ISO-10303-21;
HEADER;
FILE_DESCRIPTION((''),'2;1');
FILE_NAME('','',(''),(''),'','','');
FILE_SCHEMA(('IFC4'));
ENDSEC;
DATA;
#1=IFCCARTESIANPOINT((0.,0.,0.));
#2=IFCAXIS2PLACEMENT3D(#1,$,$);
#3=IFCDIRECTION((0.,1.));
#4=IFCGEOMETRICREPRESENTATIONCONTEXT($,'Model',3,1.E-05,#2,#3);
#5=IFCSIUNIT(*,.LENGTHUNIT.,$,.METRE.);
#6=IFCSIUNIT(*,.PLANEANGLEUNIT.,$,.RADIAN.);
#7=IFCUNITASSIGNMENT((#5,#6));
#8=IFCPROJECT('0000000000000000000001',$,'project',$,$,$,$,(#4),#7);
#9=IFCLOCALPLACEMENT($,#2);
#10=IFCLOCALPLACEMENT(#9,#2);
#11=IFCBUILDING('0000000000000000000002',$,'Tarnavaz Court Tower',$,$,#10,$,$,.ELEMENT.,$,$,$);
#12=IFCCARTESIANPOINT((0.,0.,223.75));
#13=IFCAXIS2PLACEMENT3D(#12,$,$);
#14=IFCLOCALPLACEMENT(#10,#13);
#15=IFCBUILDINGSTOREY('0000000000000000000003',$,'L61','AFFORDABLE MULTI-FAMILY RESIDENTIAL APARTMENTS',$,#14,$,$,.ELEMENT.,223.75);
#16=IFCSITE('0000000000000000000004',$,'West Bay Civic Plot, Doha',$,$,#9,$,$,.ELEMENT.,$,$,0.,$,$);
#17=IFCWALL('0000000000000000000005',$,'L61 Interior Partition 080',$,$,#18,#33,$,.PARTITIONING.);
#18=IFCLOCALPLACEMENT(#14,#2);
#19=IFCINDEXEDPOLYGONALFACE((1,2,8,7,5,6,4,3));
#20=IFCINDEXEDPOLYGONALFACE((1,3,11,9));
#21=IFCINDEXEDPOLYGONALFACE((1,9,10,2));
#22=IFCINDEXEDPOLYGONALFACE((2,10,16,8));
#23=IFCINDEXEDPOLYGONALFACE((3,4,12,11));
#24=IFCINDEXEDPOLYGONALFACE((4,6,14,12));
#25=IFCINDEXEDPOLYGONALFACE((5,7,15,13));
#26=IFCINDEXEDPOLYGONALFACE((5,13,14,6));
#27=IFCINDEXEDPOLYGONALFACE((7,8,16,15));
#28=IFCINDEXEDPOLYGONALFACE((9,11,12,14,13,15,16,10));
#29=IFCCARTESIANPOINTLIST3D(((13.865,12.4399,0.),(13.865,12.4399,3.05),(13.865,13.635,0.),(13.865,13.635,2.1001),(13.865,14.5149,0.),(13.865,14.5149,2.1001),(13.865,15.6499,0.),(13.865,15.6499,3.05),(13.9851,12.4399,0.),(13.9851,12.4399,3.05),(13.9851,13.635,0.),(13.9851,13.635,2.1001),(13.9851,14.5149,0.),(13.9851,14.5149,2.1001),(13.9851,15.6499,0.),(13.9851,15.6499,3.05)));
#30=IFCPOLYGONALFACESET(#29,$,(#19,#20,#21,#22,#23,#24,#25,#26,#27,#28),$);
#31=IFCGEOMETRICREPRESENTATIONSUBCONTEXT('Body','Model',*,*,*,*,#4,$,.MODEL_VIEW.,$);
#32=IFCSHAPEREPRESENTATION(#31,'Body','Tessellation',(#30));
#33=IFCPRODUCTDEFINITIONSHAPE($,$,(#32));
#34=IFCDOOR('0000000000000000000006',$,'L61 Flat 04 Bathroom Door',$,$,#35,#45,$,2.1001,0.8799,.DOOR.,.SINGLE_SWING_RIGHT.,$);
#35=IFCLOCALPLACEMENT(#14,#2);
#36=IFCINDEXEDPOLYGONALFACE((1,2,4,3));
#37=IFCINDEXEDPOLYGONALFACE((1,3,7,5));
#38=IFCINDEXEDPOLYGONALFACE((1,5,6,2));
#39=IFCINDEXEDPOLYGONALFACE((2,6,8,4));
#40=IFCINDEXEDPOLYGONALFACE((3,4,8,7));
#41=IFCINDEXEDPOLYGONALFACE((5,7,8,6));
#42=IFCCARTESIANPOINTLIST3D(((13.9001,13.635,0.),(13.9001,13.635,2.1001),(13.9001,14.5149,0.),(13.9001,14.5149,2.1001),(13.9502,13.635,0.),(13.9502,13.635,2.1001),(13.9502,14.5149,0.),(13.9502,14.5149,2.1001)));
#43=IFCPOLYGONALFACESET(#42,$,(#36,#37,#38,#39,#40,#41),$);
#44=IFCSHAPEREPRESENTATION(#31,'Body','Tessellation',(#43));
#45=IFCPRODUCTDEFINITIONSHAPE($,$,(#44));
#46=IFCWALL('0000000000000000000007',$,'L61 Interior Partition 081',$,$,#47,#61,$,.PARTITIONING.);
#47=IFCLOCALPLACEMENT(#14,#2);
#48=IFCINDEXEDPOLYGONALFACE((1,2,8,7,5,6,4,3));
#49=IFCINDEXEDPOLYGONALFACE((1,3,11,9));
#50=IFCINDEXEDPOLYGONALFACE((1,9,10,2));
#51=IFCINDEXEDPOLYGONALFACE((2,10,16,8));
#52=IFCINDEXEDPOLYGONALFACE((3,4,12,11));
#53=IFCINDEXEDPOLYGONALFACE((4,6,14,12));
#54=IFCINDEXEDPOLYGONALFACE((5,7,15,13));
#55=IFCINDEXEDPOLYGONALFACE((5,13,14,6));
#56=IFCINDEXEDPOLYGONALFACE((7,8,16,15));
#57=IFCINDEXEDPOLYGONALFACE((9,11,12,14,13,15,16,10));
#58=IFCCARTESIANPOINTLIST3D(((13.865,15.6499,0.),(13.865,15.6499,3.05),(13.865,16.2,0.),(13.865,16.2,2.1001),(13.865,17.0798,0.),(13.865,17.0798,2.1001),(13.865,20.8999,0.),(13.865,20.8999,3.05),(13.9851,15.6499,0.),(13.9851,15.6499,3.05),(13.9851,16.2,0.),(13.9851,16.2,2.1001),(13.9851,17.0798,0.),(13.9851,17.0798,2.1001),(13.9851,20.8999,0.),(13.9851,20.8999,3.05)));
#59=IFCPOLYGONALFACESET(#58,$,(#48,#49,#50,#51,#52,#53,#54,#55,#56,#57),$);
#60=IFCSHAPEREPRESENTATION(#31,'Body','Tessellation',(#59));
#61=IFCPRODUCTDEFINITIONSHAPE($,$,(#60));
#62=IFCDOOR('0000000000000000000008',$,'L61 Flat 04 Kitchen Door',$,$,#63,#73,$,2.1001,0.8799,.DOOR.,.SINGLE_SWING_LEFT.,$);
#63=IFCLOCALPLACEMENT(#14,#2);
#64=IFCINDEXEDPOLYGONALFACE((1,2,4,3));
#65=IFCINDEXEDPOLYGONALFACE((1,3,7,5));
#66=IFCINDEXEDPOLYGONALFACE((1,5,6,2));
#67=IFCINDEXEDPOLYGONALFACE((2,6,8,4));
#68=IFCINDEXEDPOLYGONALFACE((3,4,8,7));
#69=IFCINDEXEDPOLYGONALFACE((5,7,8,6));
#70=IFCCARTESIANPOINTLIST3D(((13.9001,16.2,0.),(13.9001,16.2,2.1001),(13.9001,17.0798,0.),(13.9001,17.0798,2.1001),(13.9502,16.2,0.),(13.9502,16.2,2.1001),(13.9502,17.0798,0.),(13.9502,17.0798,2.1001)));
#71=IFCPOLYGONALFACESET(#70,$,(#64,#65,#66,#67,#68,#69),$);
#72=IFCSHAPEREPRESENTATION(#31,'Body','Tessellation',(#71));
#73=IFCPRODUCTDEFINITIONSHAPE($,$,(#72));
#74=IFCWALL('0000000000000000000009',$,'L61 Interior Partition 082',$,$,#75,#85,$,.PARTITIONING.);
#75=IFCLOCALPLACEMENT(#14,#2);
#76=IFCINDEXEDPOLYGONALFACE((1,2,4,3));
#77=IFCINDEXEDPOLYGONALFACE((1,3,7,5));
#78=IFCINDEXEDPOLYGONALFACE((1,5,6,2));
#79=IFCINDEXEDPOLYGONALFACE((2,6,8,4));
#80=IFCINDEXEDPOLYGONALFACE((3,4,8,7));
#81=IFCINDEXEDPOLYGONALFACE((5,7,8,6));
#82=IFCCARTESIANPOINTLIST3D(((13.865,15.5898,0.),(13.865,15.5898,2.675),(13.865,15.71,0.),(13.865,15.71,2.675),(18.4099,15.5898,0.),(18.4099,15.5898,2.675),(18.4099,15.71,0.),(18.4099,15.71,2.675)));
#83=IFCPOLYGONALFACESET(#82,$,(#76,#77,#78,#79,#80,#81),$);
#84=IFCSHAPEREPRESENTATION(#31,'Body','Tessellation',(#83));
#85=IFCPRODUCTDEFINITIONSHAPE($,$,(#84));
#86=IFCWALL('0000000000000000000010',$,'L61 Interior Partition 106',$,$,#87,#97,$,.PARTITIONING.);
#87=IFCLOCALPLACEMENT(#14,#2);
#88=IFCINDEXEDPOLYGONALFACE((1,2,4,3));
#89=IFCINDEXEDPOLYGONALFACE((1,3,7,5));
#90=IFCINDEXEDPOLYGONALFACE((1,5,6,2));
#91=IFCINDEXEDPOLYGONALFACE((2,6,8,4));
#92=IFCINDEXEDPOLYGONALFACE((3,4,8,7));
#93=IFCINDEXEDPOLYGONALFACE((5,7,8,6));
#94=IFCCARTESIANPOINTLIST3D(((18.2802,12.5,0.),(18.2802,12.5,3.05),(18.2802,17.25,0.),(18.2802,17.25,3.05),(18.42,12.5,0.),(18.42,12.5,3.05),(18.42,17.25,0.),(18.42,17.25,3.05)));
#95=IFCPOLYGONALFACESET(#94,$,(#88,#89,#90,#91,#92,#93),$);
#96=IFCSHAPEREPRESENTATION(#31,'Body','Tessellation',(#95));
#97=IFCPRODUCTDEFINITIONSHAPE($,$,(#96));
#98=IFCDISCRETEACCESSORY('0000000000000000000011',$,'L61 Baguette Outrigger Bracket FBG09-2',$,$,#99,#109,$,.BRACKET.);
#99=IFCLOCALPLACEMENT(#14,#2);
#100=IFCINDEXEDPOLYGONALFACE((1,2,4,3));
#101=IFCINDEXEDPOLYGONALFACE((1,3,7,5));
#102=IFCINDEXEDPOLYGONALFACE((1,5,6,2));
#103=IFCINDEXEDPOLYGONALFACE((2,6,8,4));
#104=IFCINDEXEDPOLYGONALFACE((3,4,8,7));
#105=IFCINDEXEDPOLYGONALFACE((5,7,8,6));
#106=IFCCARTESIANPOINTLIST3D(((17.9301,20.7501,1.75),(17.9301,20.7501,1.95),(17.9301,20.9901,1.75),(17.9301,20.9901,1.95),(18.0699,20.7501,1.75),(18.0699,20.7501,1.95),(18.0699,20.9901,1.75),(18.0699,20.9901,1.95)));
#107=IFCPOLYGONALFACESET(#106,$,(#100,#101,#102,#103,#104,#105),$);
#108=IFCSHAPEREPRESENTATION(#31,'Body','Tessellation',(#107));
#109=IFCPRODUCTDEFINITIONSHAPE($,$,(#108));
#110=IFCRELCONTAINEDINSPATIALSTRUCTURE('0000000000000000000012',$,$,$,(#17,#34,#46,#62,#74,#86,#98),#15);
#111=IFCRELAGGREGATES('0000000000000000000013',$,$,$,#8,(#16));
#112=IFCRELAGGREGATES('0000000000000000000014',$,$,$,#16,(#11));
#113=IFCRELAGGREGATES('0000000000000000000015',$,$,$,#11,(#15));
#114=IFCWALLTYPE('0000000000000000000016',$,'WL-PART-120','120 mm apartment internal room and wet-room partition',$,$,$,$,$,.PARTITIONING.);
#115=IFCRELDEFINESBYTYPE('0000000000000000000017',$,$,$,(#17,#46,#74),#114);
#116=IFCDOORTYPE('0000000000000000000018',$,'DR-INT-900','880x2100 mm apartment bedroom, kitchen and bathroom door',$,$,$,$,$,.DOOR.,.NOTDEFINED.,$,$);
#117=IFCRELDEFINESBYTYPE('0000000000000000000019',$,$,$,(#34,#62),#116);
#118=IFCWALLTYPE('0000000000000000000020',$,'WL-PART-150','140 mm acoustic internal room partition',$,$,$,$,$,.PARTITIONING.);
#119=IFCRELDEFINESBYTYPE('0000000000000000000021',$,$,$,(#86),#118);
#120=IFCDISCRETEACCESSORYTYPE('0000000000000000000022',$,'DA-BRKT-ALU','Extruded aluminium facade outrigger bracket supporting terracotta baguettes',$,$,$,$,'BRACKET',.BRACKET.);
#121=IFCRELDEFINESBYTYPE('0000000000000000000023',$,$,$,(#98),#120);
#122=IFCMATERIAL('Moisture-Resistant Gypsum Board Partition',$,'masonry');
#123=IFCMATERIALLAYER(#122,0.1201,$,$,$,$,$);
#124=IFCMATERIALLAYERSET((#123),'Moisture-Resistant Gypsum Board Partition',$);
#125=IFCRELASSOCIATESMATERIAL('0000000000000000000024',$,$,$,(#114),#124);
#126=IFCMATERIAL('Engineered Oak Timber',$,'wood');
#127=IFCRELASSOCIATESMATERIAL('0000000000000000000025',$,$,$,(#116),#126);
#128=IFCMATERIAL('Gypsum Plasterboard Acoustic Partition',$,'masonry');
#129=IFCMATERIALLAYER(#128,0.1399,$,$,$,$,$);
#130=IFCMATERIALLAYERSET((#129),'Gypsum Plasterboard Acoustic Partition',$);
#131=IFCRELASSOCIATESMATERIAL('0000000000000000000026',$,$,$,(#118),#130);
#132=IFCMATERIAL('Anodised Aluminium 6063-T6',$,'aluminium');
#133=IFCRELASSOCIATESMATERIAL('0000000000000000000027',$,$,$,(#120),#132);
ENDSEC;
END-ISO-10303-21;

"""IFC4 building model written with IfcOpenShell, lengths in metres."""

from ifc_helpers import new_model, si_unit, direction, frame, frame_2d, origin, origin_2d, place, context, subcontext, project, spatial, rectangle, extrude, material, layer, layer_set, type_object, element, fill, save


model = new_model("IFC4")

# Units and contexts
model_context = context("Model", 3, precision=1e-05, world=origin(), true_north=direction((0.0, 1.0)))
body_context = subcontext(model_context, "Body", "Model", "MODEL_VIEW")
ifc_project = project(units=[si_unit("LENGTHUNIT", "METRE"), si_unit("PLANEANGLEUNIT", "RADIAN")], contexts=[model_context])

# Site, building, storey
site_placement = place(None, origin())
site = spatial("IfcSite", under=ifc_project, at=site_placement, Name="West Bay Civic Plot, Doha", CompositionType="ELEMENT", RefElevation=0.0)
building_placement = place(site_placement, origin())
building = spatial("IfcBuilding", under=site, at=building_placement, Name="Tarnavaz Court Tower", CompositionType="ELEMENT")
storey_placement = place(building_placement, frame((0.0, 0.0, 223.75)))
storey = spatial("IfcBuildingStorey", under=building, at=storey_placement, Name="L61", Description="AFFORDABLE MULTI-FAMILY RESIDENTIAL APARTMENTS", CompositionType="ELEMENT", Elevation=223.75)

# Shared definitions
ifc_material_1 = material(Name="Engineered Oak Timber", Category="wood")

# Walls, openings, doors
ifc_material_2 = material(Name="Moisture-Resistant Gypsum Board Partition", Category="masonry")
ifc_layer_1 = layer(ifc_material_2, 0.1201)
ifc_layer_set_1 = layer_set([ifc_layer_1], Name="Moisture-Resistant Gypsum Board Partition")
wall_type_1 = type_object("IfcWallType", Name="WL-PART-120", Description="120 mm apartment internal room and wet-room partition", PredefinedType="PARTITIONING", material=ifc_layer_set_1)
wall_1_placement = place(storey_placement, frame((13.925, 12.4399, 0.0), z_axis=(0.0, 0.0, 1.0), x_axis=(0.0, 1.0, 0.0)))
wall_1 = element("IfcWall", 1, at=wall_1_placement, inside=storey, type_object=wall_type_1, Name="L61 Interior Partition 080", PredefinedType="PARTITIONING", context=body_context, shape_type="SweptSolid", body=[
    extrude(rectangle(XDim=3.21, YDim=0.1201, at=frame_2d((1.605, 0.0))), origin(), (0.0, 0.0, 1.0), 3.05),
])
opening_1_placement = place(wall_1_placement, frame((1.1951, 0.0, 0.0)))
opening_1 = element("IfcOpeningElement", 2, at=opening_1_placement, cuts=wall_1, PredefinedType="OPENING", context=body_context, shape_type="SweptSolid", body=[
    extrude(rectangle(XDim=0.8799, YDim=2.1001, at=frame_2d((0.4399, 1.05))), frame((0.0, 0.0701, 0.0), z_axis=(0.0, -1.0, 0.0), x_axis=(1.0, 0.0, 0.0)), (0.0, 0.0, 1.0), 0.1401),
])
door_type_1 = type_object("IfcDoorType", Name="DR-INT-900", Description="880x2100 mm apartment bedroom, kitchen and bathroom door", OperationType="NOTDEFINED", PredefinedType="DOOR", material=ifc_material_1)
door_1_placement = place(opening_1_placement, origin())
door_1 = element("IfcDoor", 3, at=door_1_placement, inside=storey, type_object=door_type_1, Name="L61 Flat 04 Bathroom Door", OperationType="SINGLE_SWING_RIGHT", OverallHeight=2.1001, OverallWidth=0.8799, PredefinedType="DOOR", context=body_context, shape_type="SweptSolid", body=[
    extrude(rectangle(XDim=0.8799, YDim=2.1001, at=frame_2d((0.4399, 1.05))), frame((0.0, 0.0249, 0.0), z_axis=(0.0, -1.0, 0.0), x_axis=(1.0, 0.0, 0.0)), (0.0, 0.0, 1.0), 0.05),
])
fill(opening_1, door_1)
wall_2_placement = place(storey_placement, frame((13.925, 15.6499, 0.0), z_axis=(0.0, 0.0, 1.0), x_axis=(0.0, 1.0, 0.0)))
wall_2 = element("IfcWall", 4, at=wall_2_placement, inside=storey, type_object=wall_type_1, Name="L61 Interior Partition 081", PredefinedType="PARTITIONING", context=body_context, shape_type="SweptSolid", body=[
    extrude(rectangle(XDim=5.25, YDim=0.1201, at=frame_2d((2.625, 0.0))), origin(), (0.0, 0.0, 1.0), 3.05),
])
opening_2_placement = place(wall_2_placement, frame((0.55, 0.0, 0.0)))
opening_2 = element("IfcOpeningElement", 5, at=opening_2_placement, cuts=wall_2, PredefinedType="OPENING", context=body_context, shape_type="SweptSolid", body=[
    extrude(rectangle(XDim=0.8799, YDim=2.1001, at=frame_2d((0.4399, 1.05))), frame((0.0, 0.0701, 0.0), z_axis=(0.0, -1.0, 0.0), x_axis=(1.0, 0.0, 0.0)), (0.0, 0.0, 1.0), 0.1401),
])
door_2_placement = place(opening_2_placement, origin())
door_2 = element("IfcDoor", 6, at=door_2_placement, inside=storey, type_object=door_type_1, Name="L61 Flat 04 Kitchen Door", OperationType="SINGLE_SWING_LEFT", OverallHeight=2.1001, OverallWidth=0.8799, PredefinedType="DOOR", context=body_context, shape_type="SweptSolid", body=[
    extrude(rectangle(XDim=0.8799, YDim=2.1001, at=frame_2d((0.4399, 1.05))), frame((0.0, 0.0249, 0.0), z_axis=(0.0, -1.0, 0.0), x_axis=(1.0, 0.0, 0.0)), (0.0, 0.0, 1.0), 0.05),
])
fill(opening_2, door_2)

# Walls
wall_3_placement = place(storey_placement, frame((13.865, 15.6499, 0.0), z_axis=(0.0, 0.0, 1.0), x_axis=(1.0, 0.0, 0.0)))
element("IfcWall", 7, at=wall_3_placement, inside=storey, type_object=wall_type_1, Name="L61 Interior Partition 082", PredefinedType="PARTITIONING", context=body_context, shape_type="SweptSolid", body=[
    extrude(rectangle(XDim=4.5449, YDim=0.1201, at=frame_2d((2.2725, 0.0))), origin(), (0.0, 0.0, 1.0), 2.675),
])
ifc_material_3 = material(Name="Gypsum Plasterboard Acoustic Partition", Category="masonry")
ifc_layer_2 = layer(ifc_material_3, 0.1399)
ifc_layer_set_2 = layer_set([ifc_layer_2], Name="Gypsum Plasterboard Acoustic Partition")
wall_type_2 = type_object("IfcWallType", Name="WL-PART-150", Description="140 mm acoustic internal room partition", PredefinedType="PARTITIONING", material=ifc_layer_set_2)
wall_4_placement = place(storey_placement, frame((18.3501, 12.5, 0.0), z_axis=(0.0, 0.0, 1.0), x_axis=(0.0, 1.0, 0.0)))
element("IfcWall", 8, at=wall_4_placement, inside=storey, type_object=wall_type_2, Name="L61 Interior Partition 106", PredefinedType="PARTITIONING", context=body_context, shape_type="SweptSolid", body=[
    extrude(rectangle(XDim=4.75, YDim=0.1399, at=frame_2d((2.375, 0.0))), origin(), (0.0, 0.0, 1.0), 3.05),
])

# Discrete accessory
ifc_material_4 = material(Name="Anodised Aluminium 6063-T6", Category="aluminium")
discrete_accessory_type = type_object("IfcDiscreteAccessoryType", Name="DA-BRKT-ALU", Description="Extruded aluminium facade outrigger bracket supporting terracotta baguettes", ElementType="BRACKET", PredefinedType="BRACKET", material=ifc_material_4)
discrete_accessory_placement = place(storey_placement, frame((18.0, 20.8701, 1.75), z_axis=(0.0, 0.0, 1.0), x_axis=(1.0, 0.0, 0.0)))
element("IfcDiscreteAccessory", 9, at=discrete_accessory_placement, inside=storey, type_object=discrete_accessory_type, Name="L61 Baguette Outrigger Bracket FBG09-2", PredefinedType="BRACKET", context=body_context, shape_type="SweptSolid", body=[
    extrude(rectangle(XDim=0.1399, YDim=0.24, at=origin_2d()), origin(), (0.0, 0.0, 1.0), 0.2),
])

save(model, "model.ifc")
